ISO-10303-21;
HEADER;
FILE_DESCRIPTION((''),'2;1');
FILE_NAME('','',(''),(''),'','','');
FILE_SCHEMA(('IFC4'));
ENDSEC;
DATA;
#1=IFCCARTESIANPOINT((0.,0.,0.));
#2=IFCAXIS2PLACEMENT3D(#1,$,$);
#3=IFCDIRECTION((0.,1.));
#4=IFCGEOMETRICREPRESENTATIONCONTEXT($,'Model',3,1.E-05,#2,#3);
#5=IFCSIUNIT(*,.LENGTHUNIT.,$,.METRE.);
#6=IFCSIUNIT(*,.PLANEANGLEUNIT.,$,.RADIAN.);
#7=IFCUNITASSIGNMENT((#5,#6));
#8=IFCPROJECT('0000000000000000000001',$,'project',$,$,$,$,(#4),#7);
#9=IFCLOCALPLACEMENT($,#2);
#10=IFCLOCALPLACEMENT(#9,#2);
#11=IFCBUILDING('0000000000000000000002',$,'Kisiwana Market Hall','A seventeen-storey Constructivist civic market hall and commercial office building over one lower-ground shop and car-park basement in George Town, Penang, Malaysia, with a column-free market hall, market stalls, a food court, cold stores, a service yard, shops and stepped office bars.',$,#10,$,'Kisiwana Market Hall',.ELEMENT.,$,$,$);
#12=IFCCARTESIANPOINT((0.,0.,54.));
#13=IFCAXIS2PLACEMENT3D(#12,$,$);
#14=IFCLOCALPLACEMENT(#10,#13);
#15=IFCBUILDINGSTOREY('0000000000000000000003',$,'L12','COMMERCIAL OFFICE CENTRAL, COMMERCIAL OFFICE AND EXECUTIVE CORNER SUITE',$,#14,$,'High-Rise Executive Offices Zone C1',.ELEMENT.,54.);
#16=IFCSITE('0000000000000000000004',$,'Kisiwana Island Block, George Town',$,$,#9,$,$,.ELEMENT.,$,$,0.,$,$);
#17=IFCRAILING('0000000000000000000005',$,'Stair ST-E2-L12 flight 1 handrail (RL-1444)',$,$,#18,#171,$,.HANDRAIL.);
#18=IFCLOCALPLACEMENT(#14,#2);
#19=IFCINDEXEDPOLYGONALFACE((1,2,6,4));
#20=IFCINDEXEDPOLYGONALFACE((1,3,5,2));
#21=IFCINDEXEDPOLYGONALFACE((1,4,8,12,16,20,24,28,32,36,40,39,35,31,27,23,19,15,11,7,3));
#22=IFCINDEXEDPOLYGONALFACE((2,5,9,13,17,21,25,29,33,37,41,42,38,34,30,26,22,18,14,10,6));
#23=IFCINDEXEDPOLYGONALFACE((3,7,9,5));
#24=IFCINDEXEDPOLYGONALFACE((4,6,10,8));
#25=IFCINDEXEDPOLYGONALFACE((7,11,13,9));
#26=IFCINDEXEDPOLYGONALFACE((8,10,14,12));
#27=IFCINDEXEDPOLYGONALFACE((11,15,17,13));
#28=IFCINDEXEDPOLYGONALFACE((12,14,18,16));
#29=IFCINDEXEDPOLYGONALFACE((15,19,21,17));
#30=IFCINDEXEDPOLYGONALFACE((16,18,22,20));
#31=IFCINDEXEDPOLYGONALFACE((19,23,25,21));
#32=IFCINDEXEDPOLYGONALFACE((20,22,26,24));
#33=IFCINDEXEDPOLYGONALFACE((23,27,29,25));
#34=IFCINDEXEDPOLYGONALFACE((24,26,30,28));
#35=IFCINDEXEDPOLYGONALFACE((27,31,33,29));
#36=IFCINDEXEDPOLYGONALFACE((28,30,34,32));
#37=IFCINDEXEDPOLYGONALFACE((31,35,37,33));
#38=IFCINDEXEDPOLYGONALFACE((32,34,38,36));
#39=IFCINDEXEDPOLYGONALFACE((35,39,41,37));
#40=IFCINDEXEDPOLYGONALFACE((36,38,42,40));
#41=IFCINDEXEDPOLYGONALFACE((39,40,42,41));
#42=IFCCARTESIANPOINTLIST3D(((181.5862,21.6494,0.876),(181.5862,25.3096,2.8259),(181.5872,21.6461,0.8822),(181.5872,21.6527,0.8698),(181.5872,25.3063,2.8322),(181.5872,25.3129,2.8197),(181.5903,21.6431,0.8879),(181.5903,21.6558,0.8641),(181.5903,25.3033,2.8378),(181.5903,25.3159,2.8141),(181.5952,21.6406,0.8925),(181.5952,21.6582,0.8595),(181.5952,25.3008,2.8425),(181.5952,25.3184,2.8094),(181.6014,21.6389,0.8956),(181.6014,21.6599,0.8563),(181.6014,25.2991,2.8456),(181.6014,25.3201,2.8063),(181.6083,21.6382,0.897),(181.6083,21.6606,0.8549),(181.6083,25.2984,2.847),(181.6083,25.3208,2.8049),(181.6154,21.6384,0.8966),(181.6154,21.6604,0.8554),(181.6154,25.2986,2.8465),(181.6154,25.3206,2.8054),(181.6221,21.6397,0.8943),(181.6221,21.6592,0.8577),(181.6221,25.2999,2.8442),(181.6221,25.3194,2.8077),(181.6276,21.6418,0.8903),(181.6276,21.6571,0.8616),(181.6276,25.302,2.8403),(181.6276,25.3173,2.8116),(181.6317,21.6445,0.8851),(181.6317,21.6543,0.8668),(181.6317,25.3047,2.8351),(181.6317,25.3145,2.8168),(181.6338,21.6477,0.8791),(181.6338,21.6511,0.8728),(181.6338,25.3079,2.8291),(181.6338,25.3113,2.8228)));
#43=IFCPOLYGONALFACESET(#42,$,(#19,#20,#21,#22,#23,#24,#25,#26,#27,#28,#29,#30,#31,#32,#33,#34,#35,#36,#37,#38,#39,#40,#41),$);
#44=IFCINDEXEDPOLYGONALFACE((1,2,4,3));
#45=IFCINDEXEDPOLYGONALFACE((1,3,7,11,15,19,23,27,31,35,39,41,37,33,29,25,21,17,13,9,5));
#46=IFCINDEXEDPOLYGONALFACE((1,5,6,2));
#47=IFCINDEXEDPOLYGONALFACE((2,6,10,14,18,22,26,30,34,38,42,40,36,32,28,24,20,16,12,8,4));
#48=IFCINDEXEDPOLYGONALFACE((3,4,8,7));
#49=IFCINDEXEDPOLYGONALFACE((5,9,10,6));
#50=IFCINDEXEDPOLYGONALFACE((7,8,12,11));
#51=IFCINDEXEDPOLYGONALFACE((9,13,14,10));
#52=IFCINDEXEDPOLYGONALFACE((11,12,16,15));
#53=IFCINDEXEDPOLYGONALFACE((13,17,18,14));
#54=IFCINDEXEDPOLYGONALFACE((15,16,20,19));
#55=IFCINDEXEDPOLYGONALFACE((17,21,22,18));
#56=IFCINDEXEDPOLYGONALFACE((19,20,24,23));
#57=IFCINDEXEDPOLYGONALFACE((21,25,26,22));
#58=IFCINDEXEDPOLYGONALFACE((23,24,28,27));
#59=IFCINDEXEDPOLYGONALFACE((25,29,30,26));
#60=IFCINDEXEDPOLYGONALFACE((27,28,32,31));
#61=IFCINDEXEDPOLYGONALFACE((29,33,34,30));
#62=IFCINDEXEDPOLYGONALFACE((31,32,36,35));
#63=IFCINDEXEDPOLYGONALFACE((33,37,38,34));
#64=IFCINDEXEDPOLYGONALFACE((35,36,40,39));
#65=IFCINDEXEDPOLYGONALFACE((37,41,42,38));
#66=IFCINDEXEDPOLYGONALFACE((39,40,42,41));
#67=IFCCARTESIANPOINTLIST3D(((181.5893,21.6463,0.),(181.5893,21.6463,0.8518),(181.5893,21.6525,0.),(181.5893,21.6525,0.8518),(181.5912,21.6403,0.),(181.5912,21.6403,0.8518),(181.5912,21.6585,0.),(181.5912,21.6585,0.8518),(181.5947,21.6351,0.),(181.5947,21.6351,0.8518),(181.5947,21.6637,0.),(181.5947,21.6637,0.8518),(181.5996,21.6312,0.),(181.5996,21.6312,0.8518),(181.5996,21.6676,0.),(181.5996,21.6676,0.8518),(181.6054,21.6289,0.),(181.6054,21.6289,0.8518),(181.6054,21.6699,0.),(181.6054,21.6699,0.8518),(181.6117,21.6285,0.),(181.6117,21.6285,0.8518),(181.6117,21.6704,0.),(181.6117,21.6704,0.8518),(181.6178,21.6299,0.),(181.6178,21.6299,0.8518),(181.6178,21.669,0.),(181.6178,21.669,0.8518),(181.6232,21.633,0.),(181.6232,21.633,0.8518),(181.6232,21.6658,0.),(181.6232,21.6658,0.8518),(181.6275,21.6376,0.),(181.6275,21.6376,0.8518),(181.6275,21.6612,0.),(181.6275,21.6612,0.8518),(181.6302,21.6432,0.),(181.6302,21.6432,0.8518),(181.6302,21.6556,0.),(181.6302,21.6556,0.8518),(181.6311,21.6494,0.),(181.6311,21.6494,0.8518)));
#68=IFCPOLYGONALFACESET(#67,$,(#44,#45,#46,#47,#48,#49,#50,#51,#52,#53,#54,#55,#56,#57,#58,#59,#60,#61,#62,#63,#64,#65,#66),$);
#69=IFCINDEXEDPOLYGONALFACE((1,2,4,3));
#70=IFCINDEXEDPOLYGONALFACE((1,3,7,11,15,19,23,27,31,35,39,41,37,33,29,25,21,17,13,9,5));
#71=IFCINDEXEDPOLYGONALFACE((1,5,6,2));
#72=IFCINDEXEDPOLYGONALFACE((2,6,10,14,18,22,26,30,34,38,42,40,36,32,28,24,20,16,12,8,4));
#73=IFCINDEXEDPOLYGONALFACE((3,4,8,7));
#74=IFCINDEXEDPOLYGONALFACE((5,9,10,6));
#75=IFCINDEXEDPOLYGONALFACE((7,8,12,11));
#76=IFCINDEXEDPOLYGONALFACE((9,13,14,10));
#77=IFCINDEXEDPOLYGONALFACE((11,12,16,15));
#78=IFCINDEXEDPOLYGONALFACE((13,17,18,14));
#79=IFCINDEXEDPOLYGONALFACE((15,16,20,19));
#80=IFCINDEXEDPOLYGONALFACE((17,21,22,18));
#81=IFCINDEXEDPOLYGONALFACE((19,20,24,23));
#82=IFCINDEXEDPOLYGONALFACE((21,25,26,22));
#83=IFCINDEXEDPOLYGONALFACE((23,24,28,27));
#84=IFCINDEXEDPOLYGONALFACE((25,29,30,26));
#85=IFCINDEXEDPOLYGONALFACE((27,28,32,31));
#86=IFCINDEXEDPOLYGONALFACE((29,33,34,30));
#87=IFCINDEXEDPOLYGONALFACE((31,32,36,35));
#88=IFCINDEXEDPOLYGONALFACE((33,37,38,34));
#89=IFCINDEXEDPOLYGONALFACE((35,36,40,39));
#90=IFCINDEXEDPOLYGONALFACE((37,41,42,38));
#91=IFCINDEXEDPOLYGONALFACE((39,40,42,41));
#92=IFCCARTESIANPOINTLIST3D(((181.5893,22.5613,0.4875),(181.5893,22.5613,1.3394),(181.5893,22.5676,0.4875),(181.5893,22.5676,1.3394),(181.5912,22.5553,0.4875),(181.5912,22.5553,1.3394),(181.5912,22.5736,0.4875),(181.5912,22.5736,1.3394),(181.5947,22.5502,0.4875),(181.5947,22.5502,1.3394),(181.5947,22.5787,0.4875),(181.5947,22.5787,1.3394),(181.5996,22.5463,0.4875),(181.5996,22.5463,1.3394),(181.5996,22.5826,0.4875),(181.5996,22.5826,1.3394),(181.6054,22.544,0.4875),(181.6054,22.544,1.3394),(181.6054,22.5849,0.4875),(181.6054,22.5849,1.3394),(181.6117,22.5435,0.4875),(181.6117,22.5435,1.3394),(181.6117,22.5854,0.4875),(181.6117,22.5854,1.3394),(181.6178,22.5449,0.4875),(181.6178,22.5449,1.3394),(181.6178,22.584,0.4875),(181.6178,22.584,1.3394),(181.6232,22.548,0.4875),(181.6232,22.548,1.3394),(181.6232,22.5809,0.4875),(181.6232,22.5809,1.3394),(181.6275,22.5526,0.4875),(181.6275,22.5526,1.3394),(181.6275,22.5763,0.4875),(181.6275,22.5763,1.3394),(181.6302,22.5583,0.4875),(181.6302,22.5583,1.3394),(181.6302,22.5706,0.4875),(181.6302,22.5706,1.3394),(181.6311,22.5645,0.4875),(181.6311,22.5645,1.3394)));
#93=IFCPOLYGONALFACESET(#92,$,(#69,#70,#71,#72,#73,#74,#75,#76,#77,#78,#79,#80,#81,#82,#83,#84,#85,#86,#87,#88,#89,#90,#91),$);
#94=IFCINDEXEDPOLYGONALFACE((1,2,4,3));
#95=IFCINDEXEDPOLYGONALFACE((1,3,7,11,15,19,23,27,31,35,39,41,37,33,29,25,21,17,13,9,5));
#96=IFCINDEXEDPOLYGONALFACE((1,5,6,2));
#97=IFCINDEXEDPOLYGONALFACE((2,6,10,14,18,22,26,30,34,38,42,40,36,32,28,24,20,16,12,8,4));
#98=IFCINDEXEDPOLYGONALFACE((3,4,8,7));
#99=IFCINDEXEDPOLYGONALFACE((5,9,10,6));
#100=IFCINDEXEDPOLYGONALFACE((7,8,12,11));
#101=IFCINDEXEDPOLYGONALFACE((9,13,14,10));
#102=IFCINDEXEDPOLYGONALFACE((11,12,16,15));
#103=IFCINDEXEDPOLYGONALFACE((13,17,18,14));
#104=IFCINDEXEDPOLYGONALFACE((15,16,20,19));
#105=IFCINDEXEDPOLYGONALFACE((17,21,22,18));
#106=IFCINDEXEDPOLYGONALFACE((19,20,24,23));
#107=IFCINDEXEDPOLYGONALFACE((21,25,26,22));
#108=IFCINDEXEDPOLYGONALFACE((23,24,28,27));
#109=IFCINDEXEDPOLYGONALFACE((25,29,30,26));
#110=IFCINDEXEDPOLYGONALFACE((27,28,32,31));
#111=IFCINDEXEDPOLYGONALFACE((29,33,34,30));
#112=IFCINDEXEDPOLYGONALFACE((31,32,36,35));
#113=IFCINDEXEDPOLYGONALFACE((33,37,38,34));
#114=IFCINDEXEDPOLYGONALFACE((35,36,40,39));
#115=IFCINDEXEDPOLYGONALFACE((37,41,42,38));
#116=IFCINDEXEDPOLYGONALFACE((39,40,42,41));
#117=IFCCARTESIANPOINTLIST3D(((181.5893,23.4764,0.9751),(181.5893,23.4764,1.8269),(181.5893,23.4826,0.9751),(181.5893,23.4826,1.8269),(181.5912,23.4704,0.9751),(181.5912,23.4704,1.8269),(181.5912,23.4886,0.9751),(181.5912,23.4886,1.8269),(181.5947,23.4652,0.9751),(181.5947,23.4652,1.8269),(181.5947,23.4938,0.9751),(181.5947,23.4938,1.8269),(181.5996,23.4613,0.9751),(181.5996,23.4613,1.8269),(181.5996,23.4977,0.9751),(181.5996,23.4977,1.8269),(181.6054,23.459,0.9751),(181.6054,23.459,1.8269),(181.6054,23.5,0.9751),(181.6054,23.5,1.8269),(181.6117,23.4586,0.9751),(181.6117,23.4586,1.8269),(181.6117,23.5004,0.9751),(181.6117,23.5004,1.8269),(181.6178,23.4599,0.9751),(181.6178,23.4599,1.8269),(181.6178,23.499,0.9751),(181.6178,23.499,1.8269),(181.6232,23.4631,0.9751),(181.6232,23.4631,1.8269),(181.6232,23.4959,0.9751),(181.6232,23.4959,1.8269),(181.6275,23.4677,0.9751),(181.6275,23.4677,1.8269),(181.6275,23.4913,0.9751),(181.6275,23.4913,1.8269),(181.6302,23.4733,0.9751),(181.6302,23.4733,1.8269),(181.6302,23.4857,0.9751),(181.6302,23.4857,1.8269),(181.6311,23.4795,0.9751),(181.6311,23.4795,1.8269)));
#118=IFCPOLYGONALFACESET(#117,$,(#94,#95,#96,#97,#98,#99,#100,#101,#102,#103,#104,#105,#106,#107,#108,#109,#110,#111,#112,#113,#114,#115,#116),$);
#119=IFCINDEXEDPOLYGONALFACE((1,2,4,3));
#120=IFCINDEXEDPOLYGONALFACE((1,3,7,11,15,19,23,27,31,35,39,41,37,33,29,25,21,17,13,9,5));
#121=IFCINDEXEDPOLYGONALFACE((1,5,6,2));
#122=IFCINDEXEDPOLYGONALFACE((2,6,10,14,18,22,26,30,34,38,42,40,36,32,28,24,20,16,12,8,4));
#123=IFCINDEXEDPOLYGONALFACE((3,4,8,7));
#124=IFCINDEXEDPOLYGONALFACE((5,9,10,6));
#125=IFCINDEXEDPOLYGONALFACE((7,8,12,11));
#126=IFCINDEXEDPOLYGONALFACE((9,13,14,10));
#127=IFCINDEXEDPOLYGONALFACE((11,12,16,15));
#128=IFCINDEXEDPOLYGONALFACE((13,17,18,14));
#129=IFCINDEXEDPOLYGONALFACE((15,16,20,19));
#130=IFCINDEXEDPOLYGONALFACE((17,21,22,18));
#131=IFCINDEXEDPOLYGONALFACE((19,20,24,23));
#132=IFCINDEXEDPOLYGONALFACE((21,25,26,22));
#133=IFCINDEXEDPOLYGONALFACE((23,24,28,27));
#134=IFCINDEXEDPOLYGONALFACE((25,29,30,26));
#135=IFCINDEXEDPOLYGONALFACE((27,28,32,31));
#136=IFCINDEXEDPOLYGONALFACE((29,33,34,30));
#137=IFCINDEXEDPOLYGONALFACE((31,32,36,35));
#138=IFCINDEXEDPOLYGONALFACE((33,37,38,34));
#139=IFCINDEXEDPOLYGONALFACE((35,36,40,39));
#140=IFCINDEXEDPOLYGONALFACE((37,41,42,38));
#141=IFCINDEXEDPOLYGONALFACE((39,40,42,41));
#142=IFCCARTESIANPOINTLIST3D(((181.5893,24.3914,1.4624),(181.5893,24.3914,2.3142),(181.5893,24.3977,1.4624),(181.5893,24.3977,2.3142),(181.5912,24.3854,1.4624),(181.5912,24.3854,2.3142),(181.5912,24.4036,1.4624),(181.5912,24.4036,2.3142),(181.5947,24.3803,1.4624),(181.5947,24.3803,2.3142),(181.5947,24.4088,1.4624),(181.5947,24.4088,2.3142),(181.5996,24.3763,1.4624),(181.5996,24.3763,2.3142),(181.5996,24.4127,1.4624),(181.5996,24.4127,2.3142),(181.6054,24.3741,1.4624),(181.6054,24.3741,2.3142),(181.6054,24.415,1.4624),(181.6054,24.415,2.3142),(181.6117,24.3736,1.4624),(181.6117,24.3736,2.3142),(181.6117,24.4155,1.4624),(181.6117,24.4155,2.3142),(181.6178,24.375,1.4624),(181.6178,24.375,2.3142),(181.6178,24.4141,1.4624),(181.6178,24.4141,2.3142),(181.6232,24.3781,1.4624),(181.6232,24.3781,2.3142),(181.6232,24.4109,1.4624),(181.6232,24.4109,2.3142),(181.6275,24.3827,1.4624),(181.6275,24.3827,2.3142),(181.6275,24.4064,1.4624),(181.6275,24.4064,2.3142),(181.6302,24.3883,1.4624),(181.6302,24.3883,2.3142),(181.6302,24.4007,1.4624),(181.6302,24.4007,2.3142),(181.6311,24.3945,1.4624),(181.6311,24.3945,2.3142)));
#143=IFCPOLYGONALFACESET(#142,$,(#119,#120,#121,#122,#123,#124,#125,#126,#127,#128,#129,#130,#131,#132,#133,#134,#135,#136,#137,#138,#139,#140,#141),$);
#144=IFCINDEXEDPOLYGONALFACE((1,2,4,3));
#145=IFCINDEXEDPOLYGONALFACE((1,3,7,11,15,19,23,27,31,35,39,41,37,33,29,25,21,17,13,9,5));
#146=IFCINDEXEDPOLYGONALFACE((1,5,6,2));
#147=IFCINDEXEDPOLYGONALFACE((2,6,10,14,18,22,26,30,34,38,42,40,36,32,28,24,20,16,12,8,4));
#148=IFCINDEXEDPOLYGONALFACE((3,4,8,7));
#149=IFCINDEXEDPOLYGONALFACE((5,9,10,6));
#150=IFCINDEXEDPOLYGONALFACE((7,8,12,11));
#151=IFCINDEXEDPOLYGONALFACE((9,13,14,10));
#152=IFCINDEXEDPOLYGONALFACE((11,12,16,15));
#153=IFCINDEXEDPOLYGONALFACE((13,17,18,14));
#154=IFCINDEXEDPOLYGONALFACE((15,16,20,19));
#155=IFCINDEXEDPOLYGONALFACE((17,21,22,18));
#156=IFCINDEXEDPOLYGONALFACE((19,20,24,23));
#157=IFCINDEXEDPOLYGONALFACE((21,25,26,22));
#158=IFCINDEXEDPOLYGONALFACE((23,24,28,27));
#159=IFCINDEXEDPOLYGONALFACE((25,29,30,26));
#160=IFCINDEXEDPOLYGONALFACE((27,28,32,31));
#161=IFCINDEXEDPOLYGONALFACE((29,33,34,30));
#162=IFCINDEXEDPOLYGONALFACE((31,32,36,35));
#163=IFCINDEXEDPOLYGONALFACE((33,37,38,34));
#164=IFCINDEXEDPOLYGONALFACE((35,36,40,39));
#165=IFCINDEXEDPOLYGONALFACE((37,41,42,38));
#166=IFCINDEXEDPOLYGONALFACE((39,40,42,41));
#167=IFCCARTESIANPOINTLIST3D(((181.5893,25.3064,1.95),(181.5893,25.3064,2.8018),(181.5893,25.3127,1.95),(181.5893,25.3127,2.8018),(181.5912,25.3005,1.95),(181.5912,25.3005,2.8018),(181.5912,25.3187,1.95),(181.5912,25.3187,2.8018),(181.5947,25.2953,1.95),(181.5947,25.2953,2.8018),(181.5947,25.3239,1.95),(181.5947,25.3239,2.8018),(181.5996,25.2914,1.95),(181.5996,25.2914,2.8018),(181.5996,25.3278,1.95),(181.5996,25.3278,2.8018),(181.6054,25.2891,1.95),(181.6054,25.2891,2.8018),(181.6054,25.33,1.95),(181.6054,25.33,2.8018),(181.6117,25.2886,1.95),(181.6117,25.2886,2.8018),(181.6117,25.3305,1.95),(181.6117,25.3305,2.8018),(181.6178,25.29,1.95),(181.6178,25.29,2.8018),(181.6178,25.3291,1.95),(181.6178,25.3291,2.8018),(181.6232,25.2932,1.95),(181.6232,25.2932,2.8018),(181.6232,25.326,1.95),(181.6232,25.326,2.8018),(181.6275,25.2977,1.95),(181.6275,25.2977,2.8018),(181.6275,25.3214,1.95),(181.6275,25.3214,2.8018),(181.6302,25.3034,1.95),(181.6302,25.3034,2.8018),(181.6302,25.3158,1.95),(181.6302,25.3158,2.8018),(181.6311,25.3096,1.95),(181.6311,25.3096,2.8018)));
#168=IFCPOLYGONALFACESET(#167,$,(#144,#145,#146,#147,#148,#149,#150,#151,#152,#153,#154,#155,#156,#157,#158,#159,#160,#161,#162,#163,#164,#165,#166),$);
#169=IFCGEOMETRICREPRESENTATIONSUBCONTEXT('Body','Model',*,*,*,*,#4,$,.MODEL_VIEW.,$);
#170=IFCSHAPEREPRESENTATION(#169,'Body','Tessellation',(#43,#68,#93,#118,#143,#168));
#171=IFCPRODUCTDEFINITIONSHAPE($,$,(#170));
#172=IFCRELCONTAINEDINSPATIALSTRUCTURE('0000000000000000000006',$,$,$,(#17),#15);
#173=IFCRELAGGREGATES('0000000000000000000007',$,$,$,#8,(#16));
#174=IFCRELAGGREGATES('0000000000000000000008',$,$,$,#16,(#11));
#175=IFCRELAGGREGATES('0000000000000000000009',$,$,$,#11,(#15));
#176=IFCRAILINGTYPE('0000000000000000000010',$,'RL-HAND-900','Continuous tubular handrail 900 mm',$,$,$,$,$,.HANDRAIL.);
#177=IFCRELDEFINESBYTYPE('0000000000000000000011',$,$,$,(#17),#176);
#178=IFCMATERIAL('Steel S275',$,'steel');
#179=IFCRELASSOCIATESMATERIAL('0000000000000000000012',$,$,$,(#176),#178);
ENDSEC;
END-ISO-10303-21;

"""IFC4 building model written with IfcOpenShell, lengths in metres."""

from ifc_helpers import new_model, si_unit, direction, frame, origin, origin_2d, place, context, subcontext, project, spatial, circle, extrude, material, type_object, element, save


model = new_model("IFC4")

# Units and contexts
model_context = context("Model", 3, precision=1e-05, world=origin(), true_north=direction((0.0, 1.0)))
body_context = subcontext(model_context, "Body", "Model", "MODEL_VIEW")
ifc_project = project(units=[si_unit("LENGTHUNIT", "METRE"), si_unit("PLANEANGLEUNIT", "RADIAN")], contexts=[model_context])

# Site, building, storey
site_placement = place(None, origin())
site = spatial("IfcSite", under=ifc_project, at=site_placement, Name="Kisiwana Island Block, George Town", CompositionType="ELEMENT", RefElevation=0.0)
building_placement = place(site_placement, origin())
building = spatial("IfcBuilding", under=site, at=building_placement, Name="Kisiwana Market Hall", Description="A seventeen-storey Constructivist civic market hall and commercial office building over one lower-ground shop and car-park basement in George Town, Penang, Malaysia, with a column-free market hall, market stalls, a food court, cold stores, a service yard, shops and stepped office bars.", LongName="Kisiwana Market Hall", CompositionType="ELEMENT")
storey_placement = place(building_placement, frame((0.0, 0.0, 54.0)))
storey = spatial("IfcBuildingStorey", under=building, at=storey_placement, Name="L12", Description="COMMERCIAL OFFICE CENTRAL, COMMERCIAL OFFICE AND EXECUTIVE CORNER SUITE", LongName="High-Rise Executive Offices Zone C1", CompositionType="ELEMENT", Elevation=54.0)

# Railing
ifc_material_1 = material(Name="Steel S275", Category="steel")
railing_type_1 = type_object("IfcRailingType", Name="RL-HAND-900", Description="Continuous tubular handrail 900 mm", PredefinedType="HANDRAIL", material=ifc_material_1)
railing_1_placement = place(storey_placement, frame((181.6101, 21.6494, 0.0)))
element("IfcRailing", 1, at=railing_1_placement, inside=storey, type_object=railing_type_1, Name="Stair ST-E2-L12 flight 1 handrail (RL-1444)", PredefinedType="HANDRAIL", context=body_context, shape_type="SweptSolid", body=[
    extrude(circle(Radius=0.0239, at=origin_2d()), frame((0.0, 0.0, 0.876), z_axis=(0.0, 0.882566, 0.470188), x_axis=(-1.0, 0.0, 0.0)), (0.0, 0.0, 1.0), 4.1472),
    extrude(circle(Radius=0.021, at=origin_2d()), origin(), (0.0, 0.0, 1.0), 0.8518),
    extrude(circle(Radius=0.021, at=origin_2d()), frame((0.0, 0.915, 0.4875)), (0.0, 0.0, 1.0), 0.8518),
    extrude(circle(Radius=0.021, at=origin_2d()), frame((0.0, 1.8301, 0.9751)), (0.0, 0.0, 1.0), 0.8518),
    extrude(circle(Radius=0.021, at=origin_2d()), frame((0.0, 2.7451, 1.4624)), (0.0, 0.0, 1.0), 0.8518),
    extrude(circle(Radius=0.021, at=origin_2d()), frame((0.0, 3.6602, 1.95)), (0.0, 0.0, 1.0), 0.8518),
])

save(model, "model.ifc")
